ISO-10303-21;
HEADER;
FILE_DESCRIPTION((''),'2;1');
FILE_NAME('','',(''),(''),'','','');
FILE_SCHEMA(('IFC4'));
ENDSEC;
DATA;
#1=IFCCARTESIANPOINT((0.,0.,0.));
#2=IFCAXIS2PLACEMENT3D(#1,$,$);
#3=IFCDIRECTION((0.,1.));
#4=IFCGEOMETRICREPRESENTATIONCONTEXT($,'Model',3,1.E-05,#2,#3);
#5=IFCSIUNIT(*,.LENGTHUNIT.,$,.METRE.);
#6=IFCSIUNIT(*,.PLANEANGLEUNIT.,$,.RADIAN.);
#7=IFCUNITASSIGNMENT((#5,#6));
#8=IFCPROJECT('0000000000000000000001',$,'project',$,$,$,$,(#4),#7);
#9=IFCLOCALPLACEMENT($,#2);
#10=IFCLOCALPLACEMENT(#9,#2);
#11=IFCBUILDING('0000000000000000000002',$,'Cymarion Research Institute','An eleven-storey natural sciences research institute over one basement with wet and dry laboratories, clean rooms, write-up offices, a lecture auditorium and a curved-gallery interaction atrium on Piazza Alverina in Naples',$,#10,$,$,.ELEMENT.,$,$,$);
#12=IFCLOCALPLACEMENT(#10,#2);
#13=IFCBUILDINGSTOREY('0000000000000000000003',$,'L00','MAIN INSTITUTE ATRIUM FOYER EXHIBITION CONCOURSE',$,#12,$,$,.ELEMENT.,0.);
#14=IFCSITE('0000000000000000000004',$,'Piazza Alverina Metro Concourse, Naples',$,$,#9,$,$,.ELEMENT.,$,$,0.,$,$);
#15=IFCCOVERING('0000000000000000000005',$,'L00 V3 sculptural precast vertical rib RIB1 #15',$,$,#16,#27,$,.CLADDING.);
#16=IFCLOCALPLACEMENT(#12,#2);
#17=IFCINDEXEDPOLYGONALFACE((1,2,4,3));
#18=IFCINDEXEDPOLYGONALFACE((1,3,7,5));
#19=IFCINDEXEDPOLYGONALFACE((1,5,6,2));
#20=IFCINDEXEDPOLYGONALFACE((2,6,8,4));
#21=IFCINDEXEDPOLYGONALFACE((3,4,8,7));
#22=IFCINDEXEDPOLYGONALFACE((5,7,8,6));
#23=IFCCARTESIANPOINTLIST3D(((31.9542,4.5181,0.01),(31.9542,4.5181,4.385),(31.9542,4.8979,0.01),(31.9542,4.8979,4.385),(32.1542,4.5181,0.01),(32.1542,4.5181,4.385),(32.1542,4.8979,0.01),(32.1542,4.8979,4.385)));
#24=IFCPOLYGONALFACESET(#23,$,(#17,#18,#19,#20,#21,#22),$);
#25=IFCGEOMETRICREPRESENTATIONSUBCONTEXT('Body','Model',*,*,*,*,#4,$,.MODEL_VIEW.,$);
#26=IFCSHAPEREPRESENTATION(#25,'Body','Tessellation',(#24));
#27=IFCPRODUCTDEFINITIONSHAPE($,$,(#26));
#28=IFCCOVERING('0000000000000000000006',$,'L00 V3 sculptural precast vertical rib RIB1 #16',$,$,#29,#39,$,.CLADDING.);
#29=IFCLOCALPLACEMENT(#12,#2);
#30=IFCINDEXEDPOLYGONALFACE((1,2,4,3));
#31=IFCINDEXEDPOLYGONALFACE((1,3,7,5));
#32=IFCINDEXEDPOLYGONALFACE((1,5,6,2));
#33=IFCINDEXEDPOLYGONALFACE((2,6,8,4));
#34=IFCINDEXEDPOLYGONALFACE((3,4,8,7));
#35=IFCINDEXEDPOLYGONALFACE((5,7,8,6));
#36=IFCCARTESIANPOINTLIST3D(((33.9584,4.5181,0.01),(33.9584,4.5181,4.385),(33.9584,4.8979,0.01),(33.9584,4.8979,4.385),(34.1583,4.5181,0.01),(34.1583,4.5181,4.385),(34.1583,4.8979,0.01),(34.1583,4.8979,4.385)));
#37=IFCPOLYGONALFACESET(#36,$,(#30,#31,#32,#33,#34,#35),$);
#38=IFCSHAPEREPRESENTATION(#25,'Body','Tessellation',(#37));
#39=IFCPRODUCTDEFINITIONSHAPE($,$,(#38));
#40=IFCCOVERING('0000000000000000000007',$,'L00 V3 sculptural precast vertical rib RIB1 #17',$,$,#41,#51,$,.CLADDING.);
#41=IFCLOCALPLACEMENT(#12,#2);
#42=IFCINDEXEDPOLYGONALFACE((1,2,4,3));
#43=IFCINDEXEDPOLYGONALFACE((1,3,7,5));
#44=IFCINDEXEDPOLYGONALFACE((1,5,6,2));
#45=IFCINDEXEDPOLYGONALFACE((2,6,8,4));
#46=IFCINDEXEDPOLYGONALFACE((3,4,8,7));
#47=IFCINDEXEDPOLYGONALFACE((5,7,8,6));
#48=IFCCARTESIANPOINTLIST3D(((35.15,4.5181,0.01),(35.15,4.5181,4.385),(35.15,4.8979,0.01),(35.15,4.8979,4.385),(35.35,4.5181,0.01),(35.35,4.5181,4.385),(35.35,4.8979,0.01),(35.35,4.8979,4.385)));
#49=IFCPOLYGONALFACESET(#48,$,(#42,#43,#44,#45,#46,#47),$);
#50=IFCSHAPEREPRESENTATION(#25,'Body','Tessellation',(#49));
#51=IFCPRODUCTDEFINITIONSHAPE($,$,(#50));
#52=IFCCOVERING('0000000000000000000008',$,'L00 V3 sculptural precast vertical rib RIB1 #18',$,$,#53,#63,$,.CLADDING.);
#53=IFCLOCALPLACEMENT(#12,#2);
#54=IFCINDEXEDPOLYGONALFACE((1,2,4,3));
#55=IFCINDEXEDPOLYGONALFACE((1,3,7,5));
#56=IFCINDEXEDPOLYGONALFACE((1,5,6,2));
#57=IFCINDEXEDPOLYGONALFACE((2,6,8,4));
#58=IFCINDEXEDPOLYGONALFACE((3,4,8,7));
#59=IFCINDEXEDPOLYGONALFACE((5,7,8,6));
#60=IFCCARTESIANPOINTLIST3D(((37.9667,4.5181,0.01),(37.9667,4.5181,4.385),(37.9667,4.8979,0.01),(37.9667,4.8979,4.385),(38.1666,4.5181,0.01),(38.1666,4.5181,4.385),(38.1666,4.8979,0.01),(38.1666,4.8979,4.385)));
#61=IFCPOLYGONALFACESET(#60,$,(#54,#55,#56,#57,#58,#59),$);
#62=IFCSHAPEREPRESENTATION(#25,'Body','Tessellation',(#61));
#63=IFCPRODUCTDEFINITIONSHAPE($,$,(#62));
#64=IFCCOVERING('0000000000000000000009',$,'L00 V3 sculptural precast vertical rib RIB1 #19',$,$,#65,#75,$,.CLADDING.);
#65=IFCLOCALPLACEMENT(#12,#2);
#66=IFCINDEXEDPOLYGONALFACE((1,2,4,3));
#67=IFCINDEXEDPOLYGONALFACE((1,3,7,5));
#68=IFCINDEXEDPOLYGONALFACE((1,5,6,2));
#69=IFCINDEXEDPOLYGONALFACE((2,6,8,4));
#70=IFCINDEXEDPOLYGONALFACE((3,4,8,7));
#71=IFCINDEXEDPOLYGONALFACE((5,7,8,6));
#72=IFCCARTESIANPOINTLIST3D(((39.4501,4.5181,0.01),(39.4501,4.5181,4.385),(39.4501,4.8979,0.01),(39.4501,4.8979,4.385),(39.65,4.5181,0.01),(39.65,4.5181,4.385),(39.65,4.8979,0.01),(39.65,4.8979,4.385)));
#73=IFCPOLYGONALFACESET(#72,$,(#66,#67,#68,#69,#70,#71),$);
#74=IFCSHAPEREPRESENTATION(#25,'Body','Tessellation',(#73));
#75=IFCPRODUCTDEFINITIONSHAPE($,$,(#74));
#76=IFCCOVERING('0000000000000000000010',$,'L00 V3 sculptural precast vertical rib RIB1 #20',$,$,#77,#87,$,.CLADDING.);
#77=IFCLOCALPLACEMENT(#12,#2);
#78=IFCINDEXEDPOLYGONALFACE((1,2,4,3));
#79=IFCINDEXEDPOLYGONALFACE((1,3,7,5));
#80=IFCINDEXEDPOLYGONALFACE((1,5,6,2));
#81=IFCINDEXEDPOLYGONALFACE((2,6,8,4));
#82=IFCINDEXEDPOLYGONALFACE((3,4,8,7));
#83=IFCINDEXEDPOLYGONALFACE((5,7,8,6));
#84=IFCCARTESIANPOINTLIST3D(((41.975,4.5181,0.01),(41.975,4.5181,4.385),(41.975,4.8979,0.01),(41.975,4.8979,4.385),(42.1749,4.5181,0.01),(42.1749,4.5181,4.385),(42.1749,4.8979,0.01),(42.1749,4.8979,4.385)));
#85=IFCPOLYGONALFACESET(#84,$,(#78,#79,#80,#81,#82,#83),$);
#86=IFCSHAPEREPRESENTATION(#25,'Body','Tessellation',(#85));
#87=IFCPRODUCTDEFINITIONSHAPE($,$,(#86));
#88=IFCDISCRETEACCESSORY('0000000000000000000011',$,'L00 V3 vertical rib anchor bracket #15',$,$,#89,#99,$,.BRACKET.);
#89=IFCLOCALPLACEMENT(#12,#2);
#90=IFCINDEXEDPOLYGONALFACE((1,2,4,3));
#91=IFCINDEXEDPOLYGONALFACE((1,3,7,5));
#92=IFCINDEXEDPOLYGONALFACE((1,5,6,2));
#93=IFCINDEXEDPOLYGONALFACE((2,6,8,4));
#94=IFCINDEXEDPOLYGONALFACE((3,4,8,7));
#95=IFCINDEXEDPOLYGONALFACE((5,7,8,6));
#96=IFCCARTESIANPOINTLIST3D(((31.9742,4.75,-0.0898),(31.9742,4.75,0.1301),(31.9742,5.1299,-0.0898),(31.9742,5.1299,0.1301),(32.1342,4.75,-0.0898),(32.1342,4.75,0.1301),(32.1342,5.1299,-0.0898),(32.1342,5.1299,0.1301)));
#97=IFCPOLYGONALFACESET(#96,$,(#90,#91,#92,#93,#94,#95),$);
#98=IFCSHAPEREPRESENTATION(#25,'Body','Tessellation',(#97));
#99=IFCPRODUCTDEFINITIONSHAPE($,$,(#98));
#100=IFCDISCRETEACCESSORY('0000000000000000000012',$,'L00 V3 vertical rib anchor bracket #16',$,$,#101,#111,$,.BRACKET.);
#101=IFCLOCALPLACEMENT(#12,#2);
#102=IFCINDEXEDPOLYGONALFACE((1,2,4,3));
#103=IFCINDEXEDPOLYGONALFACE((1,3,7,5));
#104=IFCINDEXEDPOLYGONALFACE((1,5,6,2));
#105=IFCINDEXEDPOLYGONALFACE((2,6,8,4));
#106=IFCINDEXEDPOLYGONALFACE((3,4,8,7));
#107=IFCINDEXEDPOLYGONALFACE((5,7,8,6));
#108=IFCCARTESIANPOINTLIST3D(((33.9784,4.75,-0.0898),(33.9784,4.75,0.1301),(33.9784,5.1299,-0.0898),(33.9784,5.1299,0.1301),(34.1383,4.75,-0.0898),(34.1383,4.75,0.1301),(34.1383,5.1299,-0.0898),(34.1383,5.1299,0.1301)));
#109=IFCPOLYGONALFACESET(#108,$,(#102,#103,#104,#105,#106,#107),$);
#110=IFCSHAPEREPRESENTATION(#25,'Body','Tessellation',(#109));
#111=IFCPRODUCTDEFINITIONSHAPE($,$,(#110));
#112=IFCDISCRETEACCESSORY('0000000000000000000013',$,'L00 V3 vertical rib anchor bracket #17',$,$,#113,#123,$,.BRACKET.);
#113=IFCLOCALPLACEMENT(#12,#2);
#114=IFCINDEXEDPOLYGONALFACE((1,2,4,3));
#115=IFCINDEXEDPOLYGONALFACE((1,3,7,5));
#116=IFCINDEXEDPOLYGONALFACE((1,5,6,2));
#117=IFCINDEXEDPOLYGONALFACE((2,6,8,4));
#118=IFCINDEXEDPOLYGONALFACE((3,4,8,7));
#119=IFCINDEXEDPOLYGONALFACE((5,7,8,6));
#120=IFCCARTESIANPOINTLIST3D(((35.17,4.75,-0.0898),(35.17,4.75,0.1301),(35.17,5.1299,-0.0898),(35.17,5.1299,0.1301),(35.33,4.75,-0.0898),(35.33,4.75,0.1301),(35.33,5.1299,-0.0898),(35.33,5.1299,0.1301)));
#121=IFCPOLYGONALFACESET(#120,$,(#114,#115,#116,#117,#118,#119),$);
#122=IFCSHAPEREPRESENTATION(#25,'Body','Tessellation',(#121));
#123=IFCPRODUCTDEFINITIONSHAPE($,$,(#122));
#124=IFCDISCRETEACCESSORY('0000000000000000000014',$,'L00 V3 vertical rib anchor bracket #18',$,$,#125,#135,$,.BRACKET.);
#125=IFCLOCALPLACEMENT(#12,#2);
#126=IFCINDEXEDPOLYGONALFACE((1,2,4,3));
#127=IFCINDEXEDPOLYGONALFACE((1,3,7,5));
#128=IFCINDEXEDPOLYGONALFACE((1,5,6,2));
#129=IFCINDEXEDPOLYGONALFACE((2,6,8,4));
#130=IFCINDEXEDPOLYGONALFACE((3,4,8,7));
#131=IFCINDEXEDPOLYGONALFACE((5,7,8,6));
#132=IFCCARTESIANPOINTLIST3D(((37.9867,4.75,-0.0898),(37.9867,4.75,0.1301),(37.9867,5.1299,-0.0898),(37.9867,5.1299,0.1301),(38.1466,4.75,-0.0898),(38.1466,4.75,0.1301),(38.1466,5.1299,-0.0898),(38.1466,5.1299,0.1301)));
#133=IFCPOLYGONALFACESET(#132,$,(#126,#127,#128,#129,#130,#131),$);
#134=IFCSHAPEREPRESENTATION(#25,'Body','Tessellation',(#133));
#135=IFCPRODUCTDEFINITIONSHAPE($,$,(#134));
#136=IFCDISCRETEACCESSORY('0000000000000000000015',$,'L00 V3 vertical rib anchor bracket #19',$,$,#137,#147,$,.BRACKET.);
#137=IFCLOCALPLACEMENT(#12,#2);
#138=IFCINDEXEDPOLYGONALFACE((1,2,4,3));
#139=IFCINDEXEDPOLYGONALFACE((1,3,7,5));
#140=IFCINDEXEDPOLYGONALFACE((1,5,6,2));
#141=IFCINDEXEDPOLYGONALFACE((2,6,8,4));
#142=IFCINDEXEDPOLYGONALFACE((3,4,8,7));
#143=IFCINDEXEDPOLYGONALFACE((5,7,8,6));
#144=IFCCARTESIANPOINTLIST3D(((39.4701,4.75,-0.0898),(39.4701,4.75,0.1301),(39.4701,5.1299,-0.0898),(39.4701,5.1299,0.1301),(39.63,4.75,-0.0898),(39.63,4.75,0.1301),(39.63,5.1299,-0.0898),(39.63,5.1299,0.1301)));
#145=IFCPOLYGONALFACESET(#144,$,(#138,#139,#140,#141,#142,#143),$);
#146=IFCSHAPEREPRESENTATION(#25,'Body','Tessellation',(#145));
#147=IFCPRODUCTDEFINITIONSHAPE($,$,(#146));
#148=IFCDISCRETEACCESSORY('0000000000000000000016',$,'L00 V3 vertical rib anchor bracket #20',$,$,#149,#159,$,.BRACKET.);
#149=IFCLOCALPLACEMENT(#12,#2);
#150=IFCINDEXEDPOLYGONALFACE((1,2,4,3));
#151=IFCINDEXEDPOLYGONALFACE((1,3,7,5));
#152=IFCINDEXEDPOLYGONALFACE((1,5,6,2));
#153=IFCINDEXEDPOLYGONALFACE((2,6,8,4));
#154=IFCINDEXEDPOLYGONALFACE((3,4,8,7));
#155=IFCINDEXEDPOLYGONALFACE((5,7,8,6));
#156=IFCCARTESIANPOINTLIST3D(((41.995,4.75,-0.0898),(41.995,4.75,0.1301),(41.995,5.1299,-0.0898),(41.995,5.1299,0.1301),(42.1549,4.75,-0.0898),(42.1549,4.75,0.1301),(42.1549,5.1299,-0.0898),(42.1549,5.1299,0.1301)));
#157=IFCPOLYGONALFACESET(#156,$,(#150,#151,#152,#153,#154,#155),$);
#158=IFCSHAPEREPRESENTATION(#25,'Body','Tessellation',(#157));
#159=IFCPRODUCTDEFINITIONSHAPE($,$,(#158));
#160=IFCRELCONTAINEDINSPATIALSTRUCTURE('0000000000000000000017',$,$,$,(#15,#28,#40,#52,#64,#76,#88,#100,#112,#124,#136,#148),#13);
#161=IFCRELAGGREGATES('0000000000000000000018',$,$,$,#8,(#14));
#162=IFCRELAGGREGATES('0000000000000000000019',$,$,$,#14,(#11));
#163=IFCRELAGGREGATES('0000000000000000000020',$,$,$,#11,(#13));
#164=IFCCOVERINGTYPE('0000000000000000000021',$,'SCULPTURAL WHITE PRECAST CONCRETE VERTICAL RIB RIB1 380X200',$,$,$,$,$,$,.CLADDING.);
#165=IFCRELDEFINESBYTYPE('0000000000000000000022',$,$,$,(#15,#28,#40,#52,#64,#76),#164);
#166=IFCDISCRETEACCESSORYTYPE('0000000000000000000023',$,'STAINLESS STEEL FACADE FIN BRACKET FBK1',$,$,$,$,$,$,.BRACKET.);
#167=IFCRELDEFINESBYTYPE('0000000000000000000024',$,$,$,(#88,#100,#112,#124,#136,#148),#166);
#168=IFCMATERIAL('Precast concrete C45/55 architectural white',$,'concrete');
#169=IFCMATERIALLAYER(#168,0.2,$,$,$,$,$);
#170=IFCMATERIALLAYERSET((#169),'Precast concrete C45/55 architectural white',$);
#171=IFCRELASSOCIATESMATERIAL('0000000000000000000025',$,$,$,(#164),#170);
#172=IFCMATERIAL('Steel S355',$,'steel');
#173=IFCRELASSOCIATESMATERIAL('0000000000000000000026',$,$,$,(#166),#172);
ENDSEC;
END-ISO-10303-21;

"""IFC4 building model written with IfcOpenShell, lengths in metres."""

from ifc_helpers import new_model, si_unit, direction, frame, origin, origin_2d, place, context, subcontext, project, spatial, rectangle, extrude, material, layer, layer_set, type_object, element, save


model = new_model("IFC4")

# Units and contexts
model_context = context("Model", 3, precision=1e-05, world=origin(), true_north=direction((0.0, 1.0)))
body_context = subcontext(model_context, "Body", "Model", "MODEL_VIEW")
ifc_project = project(units=[si_unit("LENGTHUNIT", "METRE"), si_unit("PLANEANGLEUNIT", "RADIAN")], contexts=[model_context])

# Site, building, storey
site_placement = place(None, origin())
site = spatial("IfcSite", under=ifc_project, at=site_placement, Name="Piazza Alverina Metro Concourse, Naples", CompositionType="ELEMENT", RefElevation=0.0)
building_placement = place(site_placement, origin())
building = spatial("IfcBuilding", under=site, at=building_placement, Name="Cymarion Research Institute", Description="An eleven-storey natural sciences research institute over one basement with wet and dry laboratories, clean rooms, write-up offices, a lecture auditorium and a curved-gallery interaction atrium on Piazza Alverina in Naples", CompositionType="ELEMENT")
storey_placement = place(building_placement, origin())
storey = spatial("IfcBuildingStorey", under=building, at=storey_placement, Name="L00", Description="MAIN INSTITUTE ATRIUM FOYER EXHIBITION CONCOURSE", CompositionType="ELEMENT", Elevation=0.0)

# Shared definitions
ifc_material_1 = material(Name="Steel S355", Category="steel")

# Coverings
ifc_material_2 = material(Name="Precast concrete C45/55 architectural white", Category="concrete")
ifc_layer_1 = layer(ifc_material_2, 0.2)
ifc_layer_set_1 = layer_set([ifc_layer_1], Name="Precast concrete C45/55 architectural white")
covering_type = type_object("IfcCoveringType", Name="SCULPTURAL WHITE PRECAST CONCRETE VERTICAL RIB RIB1 380X200", PredefinedType="CLADDING", material=ifc_layer_set_1)
for number, where, z_axis, x_axis, name in (
    (1, (32.0542, 4.708, 0.01), (0.0, 0.0, 1.0), (0.0, -1.0, 0.0), "L00 V3 sculptural precast vertical rib RIB1 #15"),
    (2, (34.0583, 4.708, 0.01), (0.0, 0.0, 1.0), (0.0, -1.0, 0.0), "L00 V3 sculptural precast vertical rib RIB1 #16"),
    (3, (35.25, 4.708, 0.01), (0.0, 0.0, 1.0), (0.0, -1.0, 0.0), "L00 V3 sculptural precast vertical rib RIB1 #17"),
    (4, (38.0667, 4.708, 0.01), (0.0, 0.0, 1.0), (0.0, -1.0, 0.0), "L00 V3 sculptural precast vertical rib RIB1 #18"),
    (5, (39.55, 4.708, 0.01), (0.0, 0.0, 1.0), (0.0, -1.0, 0.0), "L00 V3 sculptural precast vertical rib RIB1 #19"),
    (6, (42.075, 4.708, 0.01), (0.0, 0.0, 1.0), (0.0, -1.0, 0.0), "L00 V3 sculptural precast vertical rib RIB1 #20"),
):
    element("IfcCovering", number, at=place(storey_placement, frame(where, z_axis=z_axis, x_axis=x_axis)), inside=storey, type_object=covering_type, Name=name, PredefinedType="CLADDING", context=body_context, shape_type="SweptSolid", body=[
        extrude(rectangle(XDim=0.3799, YDim=0.2, at=origin_2d()), origin(), (0.0, 0.0, 1.0), 4.375),
    ])

# Discrete accessories
discrete_accessory_type = type_object("IfcDiscreteAccessoryType", Name="STAINLESS STEEL FACADE FIN BRACKET FBK1", PredefinedType="BRACKET", material=ifc_material_1)
for number, where, z_axis, x_axis, name in (
    (7, (32.0542, 4.9399, -0.0898), (0.0, 0.0, 1.0), (0.0, -1.0, 0.0), "L00 V3 vertical rib anchor bracket #15"),
    (8, (34.0583, 4.9399, -0.0898), (0.0, 0.0, 1.0), (0.0, -1.0, 0.0), "L00 V3 vertical rib anchor bracket #16"),
    (9, (35.25, 4.9399, -0.0898), (0.0, 0.0, 1.0), (0.0, -1.0, 0.0), "L00 V3 vertical rib anchor bracket #17"),
    (10, (38.0667, 4.9399, -0.0898), (0.0, 0.0, 1.0), (0.0, -1.0, 0.0), "L00 V3 vertical rib anchor bracket #18"),
    (11, (39.55, 4.9399, -0.0898), (0.0, 0.0, 1.0), (0.0, -1.0, 0.0), "L00 V3 vertical rib anchor bracket #19"),
    (12, (42.075, 4.9399, -0.0898), (0.0, 0.0, 1.0), (0.0, -1.0, 0.0), "L00 V3 vertical rib anchor bracket #20"),
):
    element("IfcDiscreteAccessory", number, at=place(storey_placement, frame(where, z_axis=z_axis, x_axis=x_axis)), inside=storey, type_object=discrete_accessory_type, Name=name, PredefinedType="BRACKET", context=body_context, shape_type="SweptSolid", body=[
        extrude(rectangle(XDim=0.3799, YDim=0.1599, at=origin_2d()), origin(), (0.0, 0.0, 1.0), 0.22),
    ])

save(model, "model.ifc")
